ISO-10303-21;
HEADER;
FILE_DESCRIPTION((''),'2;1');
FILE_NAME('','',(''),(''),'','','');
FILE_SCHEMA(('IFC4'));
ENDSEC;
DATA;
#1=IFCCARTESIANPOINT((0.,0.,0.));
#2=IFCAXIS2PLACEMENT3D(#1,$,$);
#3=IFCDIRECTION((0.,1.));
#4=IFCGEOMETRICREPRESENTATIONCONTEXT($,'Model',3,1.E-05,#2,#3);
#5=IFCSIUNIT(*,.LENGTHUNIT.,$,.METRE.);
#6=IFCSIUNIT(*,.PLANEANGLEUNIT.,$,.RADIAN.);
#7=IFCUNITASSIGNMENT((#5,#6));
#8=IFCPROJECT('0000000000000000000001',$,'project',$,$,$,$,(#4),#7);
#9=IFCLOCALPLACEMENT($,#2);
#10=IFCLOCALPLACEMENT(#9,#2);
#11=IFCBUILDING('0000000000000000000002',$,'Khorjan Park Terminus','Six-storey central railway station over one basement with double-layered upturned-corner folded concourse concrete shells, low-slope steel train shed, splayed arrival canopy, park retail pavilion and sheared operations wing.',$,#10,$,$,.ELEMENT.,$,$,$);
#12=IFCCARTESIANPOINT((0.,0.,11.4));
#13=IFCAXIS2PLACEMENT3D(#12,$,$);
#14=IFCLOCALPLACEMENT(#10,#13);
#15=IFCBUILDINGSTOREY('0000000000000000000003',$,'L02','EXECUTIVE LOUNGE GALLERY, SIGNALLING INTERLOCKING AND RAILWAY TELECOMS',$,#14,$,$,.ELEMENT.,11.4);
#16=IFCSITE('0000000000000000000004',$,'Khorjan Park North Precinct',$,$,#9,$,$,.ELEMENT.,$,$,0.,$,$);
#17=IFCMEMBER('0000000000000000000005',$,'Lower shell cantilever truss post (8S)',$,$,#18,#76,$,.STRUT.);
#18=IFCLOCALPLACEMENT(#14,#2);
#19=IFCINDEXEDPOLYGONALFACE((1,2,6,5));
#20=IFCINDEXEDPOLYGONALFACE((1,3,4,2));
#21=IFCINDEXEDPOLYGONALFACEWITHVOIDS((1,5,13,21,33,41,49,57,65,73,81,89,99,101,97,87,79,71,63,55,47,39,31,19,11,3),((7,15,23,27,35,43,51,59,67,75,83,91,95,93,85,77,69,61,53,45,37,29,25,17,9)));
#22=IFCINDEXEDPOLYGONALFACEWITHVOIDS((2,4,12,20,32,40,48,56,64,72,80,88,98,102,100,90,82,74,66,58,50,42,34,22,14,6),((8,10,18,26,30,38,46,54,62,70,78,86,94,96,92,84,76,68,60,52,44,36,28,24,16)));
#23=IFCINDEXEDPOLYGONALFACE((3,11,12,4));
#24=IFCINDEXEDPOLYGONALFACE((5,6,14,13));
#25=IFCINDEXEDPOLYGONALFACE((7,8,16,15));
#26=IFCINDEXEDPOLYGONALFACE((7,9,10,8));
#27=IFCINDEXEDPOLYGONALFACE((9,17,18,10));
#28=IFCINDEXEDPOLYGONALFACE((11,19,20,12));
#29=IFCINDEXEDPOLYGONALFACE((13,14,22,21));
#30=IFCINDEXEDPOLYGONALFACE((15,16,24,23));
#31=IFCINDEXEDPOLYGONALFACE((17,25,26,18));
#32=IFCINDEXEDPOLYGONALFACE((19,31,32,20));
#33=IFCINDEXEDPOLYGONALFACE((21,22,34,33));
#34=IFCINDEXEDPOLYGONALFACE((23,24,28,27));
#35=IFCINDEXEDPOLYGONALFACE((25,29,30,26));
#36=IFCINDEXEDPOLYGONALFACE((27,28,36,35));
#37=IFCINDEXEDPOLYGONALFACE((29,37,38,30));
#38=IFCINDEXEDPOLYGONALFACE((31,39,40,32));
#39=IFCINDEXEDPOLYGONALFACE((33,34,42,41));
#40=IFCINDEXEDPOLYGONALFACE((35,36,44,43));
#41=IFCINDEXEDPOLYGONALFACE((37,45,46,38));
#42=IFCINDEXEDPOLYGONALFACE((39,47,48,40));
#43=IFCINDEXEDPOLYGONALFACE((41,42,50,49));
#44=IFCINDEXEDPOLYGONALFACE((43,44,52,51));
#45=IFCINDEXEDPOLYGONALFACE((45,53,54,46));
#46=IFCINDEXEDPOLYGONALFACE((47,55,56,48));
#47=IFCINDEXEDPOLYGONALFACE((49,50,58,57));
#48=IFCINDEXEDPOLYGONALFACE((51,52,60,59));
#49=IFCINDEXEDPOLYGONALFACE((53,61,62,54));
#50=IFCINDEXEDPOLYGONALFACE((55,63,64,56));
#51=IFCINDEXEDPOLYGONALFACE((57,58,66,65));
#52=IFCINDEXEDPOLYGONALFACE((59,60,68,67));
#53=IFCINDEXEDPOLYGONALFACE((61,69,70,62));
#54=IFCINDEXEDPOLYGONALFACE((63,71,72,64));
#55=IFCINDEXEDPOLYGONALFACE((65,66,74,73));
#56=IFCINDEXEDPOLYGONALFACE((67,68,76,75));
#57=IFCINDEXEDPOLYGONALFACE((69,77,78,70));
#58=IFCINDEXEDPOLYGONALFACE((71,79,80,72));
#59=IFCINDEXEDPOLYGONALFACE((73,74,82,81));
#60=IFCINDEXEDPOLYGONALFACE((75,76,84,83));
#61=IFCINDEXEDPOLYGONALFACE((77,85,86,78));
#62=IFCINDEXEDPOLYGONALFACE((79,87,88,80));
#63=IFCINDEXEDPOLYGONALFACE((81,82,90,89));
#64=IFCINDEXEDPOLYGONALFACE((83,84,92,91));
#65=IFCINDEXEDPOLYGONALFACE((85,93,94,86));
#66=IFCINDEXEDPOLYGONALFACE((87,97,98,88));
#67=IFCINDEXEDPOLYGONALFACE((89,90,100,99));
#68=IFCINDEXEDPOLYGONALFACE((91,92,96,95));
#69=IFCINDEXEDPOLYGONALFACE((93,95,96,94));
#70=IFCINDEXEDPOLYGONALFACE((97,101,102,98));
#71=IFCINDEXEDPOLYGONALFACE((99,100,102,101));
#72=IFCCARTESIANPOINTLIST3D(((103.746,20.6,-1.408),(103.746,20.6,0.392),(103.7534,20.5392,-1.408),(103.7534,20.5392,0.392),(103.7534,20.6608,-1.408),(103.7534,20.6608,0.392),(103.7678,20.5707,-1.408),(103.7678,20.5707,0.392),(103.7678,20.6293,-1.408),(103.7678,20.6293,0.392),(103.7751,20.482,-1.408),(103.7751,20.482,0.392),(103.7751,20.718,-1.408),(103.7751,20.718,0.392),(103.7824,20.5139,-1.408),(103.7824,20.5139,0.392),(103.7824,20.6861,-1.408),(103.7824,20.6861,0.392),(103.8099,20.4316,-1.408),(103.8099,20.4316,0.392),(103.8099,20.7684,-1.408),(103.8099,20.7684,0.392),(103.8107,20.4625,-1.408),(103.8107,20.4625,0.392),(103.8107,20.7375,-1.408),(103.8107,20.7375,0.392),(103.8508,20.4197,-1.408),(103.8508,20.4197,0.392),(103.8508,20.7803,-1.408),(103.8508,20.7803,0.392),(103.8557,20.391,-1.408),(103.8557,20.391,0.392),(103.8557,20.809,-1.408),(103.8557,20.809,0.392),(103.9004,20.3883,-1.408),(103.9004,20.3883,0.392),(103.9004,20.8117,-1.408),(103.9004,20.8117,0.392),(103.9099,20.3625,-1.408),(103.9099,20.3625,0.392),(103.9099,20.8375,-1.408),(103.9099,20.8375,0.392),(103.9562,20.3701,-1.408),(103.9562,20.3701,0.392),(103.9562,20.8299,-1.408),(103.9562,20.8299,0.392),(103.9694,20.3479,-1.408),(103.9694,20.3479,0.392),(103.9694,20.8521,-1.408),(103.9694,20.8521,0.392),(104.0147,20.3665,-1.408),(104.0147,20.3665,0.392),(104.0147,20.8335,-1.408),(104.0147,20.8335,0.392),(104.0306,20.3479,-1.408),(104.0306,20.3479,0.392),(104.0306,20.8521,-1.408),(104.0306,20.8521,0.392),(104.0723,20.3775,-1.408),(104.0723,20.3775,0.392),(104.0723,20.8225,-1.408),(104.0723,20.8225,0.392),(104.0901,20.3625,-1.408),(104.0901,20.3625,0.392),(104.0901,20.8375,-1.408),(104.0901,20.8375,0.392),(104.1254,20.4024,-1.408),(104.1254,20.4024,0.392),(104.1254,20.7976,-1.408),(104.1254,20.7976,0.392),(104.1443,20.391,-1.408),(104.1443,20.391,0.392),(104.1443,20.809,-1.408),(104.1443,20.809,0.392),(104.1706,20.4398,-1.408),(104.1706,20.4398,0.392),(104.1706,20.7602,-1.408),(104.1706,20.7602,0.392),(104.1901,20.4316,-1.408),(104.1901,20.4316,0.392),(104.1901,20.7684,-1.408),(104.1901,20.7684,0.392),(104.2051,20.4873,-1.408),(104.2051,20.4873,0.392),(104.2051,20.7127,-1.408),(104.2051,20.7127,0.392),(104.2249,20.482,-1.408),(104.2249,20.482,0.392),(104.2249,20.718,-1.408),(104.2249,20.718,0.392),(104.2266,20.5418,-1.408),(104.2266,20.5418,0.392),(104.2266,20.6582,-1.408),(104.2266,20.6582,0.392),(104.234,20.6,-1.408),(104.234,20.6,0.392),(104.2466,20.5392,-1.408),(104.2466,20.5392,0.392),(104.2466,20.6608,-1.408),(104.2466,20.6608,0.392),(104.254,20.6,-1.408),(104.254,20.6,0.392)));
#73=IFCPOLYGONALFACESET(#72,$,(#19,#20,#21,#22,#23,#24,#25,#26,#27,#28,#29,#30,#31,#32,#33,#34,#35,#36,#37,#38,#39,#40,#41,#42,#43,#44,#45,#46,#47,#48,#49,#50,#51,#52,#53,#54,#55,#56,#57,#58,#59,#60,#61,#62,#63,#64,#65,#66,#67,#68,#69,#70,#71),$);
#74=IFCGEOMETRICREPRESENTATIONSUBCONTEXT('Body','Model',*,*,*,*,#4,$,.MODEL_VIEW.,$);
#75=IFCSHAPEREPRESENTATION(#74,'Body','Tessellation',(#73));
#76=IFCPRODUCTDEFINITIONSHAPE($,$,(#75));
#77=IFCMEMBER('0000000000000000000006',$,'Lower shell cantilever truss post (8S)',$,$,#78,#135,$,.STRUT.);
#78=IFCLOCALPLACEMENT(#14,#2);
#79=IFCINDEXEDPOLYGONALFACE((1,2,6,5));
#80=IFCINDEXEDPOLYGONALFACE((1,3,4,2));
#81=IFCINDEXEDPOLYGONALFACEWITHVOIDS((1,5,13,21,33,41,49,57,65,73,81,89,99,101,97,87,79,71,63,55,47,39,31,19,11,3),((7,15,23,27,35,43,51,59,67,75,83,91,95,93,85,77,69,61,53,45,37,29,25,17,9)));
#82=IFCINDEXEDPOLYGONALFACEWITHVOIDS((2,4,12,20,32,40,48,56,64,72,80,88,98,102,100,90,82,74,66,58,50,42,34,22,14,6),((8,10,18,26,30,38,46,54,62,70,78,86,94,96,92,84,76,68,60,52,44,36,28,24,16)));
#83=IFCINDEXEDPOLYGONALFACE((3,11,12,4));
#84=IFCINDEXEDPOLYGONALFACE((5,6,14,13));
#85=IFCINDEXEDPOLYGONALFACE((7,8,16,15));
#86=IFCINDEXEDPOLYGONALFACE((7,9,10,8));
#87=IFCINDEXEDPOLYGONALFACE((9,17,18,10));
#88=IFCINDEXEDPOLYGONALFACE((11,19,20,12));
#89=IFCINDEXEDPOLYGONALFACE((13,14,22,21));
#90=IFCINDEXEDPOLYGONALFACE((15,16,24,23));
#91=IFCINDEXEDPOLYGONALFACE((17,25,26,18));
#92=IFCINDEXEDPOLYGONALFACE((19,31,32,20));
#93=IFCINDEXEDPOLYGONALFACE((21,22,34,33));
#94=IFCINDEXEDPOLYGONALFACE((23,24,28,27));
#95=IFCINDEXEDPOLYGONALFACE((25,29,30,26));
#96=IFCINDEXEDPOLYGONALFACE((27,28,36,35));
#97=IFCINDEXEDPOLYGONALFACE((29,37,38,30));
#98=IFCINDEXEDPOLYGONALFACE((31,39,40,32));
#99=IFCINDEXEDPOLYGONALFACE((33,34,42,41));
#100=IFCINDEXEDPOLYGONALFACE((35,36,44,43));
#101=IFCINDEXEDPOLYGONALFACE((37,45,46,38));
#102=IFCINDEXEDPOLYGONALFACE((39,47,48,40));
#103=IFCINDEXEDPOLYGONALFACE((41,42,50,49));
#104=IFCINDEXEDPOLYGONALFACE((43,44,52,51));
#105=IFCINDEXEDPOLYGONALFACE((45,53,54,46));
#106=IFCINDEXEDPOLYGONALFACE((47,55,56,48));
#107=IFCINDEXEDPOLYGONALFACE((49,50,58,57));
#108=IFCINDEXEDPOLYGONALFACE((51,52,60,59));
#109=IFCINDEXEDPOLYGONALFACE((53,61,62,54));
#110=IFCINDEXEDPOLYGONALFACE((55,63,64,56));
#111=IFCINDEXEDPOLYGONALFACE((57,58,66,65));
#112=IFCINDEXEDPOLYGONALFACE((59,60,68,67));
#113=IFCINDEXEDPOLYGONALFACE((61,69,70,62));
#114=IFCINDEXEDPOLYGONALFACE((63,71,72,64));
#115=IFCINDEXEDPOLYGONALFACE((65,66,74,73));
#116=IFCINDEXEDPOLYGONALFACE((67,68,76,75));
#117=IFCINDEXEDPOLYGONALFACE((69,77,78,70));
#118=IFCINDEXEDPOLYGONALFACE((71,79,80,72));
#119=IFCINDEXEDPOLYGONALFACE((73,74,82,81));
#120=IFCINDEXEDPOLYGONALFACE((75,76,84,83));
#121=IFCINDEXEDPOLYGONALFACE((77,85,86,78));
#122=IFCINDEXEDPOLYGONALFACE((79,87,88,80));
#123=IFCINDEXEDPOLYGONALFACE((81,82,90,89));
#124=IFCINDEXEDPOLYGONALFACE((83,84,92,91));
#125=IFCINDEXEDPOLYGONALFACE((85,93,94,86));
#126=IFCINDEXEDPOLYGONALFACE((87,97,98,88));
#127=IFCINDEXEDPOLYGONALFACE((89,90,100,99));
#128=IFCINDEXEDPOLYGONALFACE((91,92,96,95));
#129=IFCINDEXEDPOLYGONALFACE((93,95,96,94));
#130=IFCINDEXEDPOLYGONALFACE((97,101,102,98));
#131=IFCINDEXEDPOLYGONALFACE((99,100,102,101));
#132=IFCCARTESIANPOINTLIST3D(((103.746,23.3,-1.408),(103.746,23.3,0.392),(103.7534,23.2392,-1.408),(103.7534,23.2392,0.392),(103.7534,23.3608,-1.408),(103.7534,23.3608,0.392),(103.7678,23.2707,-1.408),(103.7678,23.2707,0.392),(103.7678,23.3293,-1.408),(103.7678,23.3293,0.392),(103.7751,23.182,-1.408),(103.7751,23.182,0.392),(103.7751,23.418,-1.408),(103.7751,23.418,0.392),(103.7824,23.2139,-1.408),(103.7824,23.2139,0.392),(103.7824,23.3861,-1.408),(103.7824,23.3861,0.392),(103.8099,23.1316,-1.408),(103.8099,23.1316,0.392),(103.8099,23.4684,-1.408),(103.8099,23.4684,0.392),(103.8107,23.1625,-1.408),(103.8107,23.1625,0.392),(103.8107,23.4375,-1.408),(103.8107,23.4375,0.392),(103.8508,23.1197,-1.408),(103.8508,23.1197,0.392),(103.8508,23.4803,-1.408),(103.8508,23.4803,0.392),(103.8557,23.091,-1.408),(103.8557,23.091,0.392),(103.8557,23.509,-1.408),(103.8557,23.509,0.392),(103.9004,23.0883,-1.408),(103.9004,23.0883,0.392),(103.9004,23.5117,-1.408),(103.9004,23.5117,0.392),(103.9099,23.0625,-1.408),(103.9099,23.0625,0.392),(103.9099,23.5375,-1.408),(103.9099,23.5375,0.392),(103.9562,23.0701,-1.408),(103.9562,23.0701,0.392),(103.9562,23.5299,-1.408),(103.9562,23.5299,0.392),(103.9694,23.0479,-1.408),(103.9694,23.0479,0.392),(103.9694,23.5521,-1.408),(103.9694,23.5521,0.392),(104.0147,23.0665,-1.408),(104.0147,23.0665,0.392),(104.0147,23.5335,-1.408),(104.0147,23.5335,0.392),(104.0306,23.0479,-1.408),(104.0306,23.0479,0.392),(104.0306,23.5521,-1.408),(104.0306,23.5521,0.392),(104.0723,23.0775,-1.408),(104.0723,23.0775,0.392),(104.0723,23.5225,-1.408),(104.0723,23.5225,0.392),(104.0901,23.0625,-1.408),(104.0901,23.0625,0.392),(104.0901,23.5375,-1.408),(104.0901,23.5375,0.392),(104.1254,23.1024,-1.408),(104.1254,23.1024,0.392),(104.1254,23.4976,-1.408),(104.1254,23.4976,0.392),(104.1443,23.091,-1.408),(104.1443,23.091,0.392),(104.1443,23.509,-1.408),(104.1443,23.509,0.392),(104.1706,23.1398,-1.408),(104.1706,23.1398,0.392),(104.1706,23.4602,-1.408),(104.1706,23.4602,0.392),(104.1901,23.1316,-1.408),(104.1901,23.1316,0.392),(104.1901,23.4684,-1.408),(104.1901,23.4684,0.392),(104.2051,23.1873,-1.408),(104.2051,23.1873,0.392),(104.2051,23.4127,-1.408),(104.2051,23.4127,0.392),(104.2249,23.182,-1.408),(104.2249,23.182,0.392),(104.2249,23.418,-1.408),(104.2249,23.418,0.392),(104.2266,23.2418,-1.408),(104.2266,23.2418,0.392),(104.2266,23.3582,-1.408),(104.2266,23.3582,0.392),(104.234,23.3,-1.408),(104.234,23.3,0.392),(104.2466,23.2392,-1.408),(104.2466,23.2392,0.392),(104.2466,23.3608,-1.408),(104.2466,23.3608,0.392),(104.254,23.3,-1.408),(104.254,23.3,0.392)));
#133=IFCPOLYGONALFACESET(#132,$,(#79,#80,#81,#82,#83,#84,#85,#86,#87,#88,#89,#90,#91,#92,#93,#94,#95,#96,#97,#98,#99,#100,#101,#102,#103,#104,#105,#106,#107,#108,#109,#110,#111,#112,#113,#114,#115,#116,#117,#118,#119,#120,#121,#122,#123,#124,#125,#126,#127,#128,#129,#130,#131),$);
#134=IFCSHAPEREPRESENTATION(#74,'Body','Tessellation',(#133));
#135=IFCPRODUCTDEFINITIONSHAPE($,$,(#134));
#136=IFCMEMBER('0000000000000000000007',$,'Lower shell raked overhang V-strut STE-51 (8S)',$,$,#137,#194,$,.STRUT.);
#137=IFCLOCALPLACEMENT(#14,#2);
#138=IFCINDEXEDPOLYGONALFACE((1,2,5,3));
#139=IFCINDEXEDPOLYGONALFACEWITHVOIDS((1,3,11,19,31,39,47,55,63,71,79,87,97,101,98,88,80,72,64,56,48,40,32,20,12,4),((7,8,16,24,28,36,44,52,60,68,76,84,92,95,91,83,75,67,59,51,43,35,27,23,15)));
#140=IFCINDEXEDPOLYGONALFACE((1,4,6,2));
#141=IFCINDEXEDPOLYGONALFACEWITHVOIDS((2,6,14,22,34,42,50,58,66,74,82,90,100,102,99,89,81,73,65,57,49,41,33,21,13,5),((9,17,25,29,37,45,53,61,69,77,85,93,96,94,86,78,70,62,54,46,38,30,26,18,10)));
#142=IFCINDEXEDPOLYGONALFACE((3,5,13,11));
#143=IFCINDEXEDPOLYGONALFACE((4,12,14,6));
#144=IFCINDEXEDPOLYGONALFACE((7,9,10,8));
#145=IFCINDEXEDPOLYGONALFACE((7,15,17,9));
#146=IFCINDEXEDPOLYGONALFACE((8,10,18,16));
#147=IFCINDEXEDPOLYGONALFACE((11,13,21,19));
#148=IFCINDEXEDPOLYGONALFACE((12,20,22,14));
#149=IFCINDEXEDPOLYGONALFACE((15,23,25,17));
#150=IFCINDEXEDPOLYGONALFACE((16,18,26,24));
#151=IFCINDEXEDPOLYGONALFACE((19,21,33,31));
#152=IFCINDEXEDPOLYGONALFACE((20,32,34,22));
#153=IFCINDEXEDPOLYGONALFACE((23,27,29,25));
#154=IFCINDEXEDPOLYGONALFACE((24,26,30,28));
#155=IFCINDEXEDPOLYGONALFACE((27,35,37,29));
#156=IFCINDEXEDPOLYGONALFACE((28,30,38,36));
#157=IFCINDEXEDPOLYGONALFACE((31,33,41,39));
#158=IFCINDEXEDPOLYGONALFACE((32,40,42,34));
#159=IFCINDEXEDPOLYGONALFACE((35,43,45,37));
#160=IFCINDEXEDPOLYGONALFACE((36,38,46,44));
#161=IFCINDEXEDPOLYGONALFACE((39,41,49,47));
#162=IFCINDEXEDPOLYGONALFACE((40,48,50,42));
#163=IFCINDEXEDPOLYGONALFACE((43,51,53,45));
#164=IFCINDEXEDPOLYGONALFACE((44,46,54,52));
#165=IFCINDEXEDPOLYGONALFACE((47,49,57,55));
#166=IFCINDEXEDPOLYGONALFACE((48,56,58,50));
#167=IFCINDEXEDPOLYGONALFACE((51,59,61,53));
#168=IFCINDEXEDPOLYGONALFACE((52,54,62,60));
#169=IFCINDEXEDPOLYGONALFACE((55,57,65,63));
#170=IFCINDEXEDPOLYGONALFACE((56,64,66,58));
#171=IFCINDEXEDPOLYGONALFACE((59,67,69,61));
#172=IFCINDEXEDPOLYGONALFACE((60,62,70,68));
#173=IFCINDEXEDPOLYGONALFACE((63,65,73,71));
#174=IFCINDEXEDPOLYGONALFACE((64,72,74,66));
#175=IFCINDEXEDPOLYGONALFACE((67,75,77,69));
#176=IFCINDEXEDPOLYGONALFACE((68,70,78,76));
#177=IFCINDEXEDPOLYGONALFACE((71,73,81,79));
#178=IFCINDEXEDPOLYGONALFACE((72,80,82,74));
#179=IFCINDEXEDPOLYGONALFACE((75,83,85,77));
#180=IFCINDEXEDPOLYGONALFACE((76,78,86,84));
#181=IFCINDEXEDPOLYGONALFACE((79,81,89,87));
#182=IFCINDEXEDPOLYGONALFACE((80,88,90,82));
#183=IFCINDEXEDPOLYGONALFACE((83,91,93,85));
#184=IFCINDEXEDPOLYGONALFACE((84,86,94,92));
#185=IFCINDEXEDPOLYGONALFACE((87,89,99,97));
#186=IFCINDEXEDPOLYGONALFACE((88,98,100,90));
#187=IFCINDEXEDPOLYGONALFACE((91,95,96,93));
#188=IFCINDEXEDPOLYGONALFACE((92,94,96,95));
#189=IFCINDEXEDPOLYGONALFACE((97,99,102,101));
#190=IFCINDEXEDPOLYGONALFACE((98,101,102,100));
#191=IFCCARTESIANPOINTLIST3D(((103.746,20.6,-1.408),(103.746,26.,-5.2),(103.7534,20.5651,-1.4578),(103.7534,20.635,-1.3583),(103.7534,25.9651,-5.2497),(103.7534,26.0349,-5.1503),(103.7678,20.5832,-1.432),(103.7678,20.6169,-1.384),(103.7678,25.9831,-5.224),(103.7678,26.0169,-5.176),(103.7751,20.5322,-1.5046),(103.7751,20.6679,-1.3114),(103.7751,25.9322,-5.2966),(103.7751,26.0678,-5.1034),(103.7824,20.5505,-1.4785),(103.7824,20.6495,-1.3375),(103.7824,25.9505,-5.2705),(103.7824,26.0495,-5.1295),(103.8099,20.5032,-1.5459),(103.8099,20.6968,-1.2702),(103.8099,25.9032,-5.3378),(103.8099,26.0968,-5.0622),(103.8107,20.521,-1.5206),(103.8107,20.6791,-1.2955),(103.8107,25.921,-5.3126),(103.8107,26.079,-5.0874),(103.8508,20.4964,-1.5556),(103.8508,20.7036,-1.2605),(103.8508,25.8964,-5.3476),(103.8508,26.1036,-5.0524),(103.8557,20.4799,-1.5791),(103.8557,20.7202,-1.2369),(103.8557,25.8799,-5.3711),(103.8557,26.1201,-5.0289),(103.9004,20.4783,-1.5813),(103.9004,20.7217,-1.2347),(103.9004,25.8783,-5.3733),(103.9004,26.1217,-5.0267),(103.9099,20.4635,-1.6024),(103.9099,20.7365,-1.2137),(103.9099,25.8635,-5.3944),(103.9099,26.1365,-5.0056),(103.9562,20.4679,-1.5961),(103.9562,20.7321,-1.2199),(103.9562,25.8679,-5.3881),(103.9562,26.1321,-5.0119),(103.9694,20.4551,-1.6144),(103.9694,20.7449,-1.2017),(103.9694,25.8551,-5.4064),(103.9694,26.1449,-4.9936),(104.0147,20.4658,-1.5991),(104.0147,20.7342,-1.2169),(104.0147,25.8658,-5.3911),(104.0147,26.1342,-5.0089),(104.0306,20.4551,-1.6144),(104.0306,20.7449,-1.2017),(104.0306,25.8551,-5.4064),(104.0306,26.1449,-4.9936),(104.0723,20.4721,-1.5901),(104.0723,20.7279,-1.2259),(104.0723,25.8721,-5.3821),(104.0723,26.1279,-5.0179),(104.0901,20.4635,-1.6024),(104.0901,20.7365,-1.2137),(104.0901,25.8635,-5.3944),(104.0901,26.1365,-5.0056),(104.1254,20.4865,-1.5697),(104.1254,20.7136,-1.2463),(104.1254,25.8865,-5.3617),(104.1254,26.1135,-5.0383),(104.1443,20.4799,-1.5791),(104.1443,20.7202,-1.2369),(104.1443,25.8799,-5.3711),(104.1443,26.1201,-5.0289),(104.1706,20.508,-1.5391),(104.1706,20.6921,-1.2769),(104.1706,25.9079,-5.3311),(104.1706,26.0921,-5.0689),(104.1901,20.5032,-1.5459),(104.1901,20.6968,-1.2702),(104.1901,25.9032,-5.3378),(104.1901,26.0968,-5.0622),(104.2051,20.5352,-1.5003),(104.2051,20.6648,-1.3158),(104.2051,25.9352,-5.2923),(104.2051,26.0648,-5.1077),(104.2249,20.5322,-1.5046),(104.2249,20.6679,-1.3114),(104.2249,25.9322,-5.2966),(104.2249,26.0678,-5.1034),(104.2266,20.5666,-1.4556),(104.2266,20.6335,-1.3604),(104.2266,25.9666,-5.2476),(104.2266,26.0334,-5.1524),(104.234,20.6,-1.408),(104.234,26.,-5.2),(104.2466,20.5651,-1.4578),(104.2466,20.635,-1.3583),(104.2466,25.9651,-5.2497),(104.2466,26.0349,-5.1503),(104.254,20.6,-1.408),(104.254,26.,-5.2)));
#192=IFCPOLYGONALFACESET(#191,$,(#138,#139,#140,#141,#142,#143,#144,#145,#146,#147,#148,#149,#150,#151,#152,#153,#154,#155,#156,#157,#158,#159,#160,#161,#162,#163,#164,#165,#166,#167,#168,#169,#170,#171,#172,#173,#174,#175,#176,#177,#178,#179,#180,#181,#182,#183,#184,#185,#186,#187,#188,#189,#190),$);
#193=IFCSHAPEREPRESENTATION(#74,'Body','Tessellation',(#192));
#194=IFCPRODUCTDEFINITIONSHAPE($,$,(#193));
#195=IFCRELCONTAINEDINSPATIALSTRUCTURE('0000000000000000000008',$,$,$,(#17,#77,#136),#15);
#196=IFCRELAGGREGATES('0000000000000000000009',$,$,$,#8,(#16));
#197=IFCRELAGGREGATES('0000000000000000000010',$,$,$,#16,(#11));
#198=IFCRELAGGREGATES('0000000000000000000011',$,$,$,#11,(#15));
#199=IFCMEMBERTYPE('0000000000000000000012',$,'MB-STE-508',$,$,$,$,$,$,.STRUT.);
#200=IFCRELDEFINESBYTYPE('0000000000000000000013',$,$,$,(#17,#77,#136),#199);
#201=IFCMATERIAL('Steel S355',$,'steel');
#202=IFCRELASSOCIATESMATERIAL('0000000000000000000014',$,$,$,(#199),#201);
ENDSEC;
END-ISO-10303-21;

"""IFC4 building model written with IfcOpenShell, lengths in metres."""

from ifc_helpers import new_model, si_unit, direction, frame, origin, origin_2d, place, context, subcontext, project, spatial, hollow_circle, extrude, material, material_profile, profile_set, type_object, element, save


model = new_model("IFC4")

# Units and contexts
model_context = context("Model", 3, precision=1e-05, world=origin(), true_north=direction((0.0, 1.0)))
body_context = subcontext(model_context, "Body", "Model", "MODEL_VIEW")
ifc_project = project(units=[si_unit("LENGTHUNIT", "METRE"), si_unit("PLANEANGLEUNIT", "RADIAN")], contexts=[model_context])

# Site, building, storey
site_placement = place(None, origin())
site = spatial("IfcSite", under=ifc_project, at=site_placement, Name="Khorjan Park North Precinct", CompositionType="ELEMENT", RefElevation=0.0)
building_placement = place(site_placement, origin())
building = spatial("IfcBuilding", under=site, at=building_placement, Name="Khorjan Park Terminus", Description="Six-storey central railway station over one basement with double-layered upturned-corner folded concourse concrete shells, low-slope steel train shed, splayed arrival canopy, park retail pavilion and sheared operations wing.", CompositionType="ELEMENT")
storey_placement = place(building_placement, frame((0.0, 0.0, 11.4)))
storey = spatial("IfcBuildingStorey", under=building, at=storey_placement, Name="L02", Description="EXECUTIVE LOUNGE GALLERY, SIGNALLING INTERLOCKING AND RAILWAY TELECOMS", CompositionType="ELEMENT", Elevation=11.4)

# Members
ifc_material_1 = material(Name="Steel S355", Category="steel")
ifc_material_profile_1 = material_profile(ifc_material_1, hollow_circle(Radius=0.254, WallThickness=0.02, at=origin_2d()), Name="CHS 508x20")
ifc_profile_set_1 = profile_set([ifc_material_profile_1], Name="Steel S355")
member_type_1 = type_object("IfcMemberType", Name="MB-STE-508", PredefinedType="STRUT", material=ifc_profile_set_1)
for number, where, z_axis, x_axis, name in (
    (1, (104.0, 20.6, -1.408), (0.0, 0.0, 1.0), (1.0, 0.0, 0.0), "Lower shell cantilever truss post (8S)"),
    (2, (104.0, 23.3, -1.408), (0.0, 0.0, 1.0), (1.0, 0.0, 0.0), "Lower shell cantilever truss post (8S)"),
):
    element("IfcMember", number, at=place(storey_placement, frame(where, z_axis=z_axis, x_axis=x_axis)), inside=storey, type_object=member_type_1, Name=name, PredefinedType="STRUT", context=body_context, shape_type="SweptSolid", body=[
        extrude(hollow_circle(Radius=0.254, WallThickness=0.02, at=origin_2d()), origin(), (0.0, 0.0, 1.0), 1.8),
    ])
member_1_placement = place(storey_placement, frame((104.0, 26.0, -5.2), z_axis=(0.0, -0.818377, 0.574682), x_axis=(1.0, 0.0, 0.0)))
element("IfcMember", 3, at=member_1_placement, inside=storey, type_object=member_type_1, Name="Lower shell raked overhang V-strut STE-51 (8S)", PredefinedType="STRUT", context=body_context, shape_type="SweptSolid", body=[
    extrude(hollow_circle(Radius=0.254, WallThickness=0.02, at=origin_2d()), origin(), (0.0, 0.0, 1.0), 6.5984),
])

save(model, "model.ifc")
